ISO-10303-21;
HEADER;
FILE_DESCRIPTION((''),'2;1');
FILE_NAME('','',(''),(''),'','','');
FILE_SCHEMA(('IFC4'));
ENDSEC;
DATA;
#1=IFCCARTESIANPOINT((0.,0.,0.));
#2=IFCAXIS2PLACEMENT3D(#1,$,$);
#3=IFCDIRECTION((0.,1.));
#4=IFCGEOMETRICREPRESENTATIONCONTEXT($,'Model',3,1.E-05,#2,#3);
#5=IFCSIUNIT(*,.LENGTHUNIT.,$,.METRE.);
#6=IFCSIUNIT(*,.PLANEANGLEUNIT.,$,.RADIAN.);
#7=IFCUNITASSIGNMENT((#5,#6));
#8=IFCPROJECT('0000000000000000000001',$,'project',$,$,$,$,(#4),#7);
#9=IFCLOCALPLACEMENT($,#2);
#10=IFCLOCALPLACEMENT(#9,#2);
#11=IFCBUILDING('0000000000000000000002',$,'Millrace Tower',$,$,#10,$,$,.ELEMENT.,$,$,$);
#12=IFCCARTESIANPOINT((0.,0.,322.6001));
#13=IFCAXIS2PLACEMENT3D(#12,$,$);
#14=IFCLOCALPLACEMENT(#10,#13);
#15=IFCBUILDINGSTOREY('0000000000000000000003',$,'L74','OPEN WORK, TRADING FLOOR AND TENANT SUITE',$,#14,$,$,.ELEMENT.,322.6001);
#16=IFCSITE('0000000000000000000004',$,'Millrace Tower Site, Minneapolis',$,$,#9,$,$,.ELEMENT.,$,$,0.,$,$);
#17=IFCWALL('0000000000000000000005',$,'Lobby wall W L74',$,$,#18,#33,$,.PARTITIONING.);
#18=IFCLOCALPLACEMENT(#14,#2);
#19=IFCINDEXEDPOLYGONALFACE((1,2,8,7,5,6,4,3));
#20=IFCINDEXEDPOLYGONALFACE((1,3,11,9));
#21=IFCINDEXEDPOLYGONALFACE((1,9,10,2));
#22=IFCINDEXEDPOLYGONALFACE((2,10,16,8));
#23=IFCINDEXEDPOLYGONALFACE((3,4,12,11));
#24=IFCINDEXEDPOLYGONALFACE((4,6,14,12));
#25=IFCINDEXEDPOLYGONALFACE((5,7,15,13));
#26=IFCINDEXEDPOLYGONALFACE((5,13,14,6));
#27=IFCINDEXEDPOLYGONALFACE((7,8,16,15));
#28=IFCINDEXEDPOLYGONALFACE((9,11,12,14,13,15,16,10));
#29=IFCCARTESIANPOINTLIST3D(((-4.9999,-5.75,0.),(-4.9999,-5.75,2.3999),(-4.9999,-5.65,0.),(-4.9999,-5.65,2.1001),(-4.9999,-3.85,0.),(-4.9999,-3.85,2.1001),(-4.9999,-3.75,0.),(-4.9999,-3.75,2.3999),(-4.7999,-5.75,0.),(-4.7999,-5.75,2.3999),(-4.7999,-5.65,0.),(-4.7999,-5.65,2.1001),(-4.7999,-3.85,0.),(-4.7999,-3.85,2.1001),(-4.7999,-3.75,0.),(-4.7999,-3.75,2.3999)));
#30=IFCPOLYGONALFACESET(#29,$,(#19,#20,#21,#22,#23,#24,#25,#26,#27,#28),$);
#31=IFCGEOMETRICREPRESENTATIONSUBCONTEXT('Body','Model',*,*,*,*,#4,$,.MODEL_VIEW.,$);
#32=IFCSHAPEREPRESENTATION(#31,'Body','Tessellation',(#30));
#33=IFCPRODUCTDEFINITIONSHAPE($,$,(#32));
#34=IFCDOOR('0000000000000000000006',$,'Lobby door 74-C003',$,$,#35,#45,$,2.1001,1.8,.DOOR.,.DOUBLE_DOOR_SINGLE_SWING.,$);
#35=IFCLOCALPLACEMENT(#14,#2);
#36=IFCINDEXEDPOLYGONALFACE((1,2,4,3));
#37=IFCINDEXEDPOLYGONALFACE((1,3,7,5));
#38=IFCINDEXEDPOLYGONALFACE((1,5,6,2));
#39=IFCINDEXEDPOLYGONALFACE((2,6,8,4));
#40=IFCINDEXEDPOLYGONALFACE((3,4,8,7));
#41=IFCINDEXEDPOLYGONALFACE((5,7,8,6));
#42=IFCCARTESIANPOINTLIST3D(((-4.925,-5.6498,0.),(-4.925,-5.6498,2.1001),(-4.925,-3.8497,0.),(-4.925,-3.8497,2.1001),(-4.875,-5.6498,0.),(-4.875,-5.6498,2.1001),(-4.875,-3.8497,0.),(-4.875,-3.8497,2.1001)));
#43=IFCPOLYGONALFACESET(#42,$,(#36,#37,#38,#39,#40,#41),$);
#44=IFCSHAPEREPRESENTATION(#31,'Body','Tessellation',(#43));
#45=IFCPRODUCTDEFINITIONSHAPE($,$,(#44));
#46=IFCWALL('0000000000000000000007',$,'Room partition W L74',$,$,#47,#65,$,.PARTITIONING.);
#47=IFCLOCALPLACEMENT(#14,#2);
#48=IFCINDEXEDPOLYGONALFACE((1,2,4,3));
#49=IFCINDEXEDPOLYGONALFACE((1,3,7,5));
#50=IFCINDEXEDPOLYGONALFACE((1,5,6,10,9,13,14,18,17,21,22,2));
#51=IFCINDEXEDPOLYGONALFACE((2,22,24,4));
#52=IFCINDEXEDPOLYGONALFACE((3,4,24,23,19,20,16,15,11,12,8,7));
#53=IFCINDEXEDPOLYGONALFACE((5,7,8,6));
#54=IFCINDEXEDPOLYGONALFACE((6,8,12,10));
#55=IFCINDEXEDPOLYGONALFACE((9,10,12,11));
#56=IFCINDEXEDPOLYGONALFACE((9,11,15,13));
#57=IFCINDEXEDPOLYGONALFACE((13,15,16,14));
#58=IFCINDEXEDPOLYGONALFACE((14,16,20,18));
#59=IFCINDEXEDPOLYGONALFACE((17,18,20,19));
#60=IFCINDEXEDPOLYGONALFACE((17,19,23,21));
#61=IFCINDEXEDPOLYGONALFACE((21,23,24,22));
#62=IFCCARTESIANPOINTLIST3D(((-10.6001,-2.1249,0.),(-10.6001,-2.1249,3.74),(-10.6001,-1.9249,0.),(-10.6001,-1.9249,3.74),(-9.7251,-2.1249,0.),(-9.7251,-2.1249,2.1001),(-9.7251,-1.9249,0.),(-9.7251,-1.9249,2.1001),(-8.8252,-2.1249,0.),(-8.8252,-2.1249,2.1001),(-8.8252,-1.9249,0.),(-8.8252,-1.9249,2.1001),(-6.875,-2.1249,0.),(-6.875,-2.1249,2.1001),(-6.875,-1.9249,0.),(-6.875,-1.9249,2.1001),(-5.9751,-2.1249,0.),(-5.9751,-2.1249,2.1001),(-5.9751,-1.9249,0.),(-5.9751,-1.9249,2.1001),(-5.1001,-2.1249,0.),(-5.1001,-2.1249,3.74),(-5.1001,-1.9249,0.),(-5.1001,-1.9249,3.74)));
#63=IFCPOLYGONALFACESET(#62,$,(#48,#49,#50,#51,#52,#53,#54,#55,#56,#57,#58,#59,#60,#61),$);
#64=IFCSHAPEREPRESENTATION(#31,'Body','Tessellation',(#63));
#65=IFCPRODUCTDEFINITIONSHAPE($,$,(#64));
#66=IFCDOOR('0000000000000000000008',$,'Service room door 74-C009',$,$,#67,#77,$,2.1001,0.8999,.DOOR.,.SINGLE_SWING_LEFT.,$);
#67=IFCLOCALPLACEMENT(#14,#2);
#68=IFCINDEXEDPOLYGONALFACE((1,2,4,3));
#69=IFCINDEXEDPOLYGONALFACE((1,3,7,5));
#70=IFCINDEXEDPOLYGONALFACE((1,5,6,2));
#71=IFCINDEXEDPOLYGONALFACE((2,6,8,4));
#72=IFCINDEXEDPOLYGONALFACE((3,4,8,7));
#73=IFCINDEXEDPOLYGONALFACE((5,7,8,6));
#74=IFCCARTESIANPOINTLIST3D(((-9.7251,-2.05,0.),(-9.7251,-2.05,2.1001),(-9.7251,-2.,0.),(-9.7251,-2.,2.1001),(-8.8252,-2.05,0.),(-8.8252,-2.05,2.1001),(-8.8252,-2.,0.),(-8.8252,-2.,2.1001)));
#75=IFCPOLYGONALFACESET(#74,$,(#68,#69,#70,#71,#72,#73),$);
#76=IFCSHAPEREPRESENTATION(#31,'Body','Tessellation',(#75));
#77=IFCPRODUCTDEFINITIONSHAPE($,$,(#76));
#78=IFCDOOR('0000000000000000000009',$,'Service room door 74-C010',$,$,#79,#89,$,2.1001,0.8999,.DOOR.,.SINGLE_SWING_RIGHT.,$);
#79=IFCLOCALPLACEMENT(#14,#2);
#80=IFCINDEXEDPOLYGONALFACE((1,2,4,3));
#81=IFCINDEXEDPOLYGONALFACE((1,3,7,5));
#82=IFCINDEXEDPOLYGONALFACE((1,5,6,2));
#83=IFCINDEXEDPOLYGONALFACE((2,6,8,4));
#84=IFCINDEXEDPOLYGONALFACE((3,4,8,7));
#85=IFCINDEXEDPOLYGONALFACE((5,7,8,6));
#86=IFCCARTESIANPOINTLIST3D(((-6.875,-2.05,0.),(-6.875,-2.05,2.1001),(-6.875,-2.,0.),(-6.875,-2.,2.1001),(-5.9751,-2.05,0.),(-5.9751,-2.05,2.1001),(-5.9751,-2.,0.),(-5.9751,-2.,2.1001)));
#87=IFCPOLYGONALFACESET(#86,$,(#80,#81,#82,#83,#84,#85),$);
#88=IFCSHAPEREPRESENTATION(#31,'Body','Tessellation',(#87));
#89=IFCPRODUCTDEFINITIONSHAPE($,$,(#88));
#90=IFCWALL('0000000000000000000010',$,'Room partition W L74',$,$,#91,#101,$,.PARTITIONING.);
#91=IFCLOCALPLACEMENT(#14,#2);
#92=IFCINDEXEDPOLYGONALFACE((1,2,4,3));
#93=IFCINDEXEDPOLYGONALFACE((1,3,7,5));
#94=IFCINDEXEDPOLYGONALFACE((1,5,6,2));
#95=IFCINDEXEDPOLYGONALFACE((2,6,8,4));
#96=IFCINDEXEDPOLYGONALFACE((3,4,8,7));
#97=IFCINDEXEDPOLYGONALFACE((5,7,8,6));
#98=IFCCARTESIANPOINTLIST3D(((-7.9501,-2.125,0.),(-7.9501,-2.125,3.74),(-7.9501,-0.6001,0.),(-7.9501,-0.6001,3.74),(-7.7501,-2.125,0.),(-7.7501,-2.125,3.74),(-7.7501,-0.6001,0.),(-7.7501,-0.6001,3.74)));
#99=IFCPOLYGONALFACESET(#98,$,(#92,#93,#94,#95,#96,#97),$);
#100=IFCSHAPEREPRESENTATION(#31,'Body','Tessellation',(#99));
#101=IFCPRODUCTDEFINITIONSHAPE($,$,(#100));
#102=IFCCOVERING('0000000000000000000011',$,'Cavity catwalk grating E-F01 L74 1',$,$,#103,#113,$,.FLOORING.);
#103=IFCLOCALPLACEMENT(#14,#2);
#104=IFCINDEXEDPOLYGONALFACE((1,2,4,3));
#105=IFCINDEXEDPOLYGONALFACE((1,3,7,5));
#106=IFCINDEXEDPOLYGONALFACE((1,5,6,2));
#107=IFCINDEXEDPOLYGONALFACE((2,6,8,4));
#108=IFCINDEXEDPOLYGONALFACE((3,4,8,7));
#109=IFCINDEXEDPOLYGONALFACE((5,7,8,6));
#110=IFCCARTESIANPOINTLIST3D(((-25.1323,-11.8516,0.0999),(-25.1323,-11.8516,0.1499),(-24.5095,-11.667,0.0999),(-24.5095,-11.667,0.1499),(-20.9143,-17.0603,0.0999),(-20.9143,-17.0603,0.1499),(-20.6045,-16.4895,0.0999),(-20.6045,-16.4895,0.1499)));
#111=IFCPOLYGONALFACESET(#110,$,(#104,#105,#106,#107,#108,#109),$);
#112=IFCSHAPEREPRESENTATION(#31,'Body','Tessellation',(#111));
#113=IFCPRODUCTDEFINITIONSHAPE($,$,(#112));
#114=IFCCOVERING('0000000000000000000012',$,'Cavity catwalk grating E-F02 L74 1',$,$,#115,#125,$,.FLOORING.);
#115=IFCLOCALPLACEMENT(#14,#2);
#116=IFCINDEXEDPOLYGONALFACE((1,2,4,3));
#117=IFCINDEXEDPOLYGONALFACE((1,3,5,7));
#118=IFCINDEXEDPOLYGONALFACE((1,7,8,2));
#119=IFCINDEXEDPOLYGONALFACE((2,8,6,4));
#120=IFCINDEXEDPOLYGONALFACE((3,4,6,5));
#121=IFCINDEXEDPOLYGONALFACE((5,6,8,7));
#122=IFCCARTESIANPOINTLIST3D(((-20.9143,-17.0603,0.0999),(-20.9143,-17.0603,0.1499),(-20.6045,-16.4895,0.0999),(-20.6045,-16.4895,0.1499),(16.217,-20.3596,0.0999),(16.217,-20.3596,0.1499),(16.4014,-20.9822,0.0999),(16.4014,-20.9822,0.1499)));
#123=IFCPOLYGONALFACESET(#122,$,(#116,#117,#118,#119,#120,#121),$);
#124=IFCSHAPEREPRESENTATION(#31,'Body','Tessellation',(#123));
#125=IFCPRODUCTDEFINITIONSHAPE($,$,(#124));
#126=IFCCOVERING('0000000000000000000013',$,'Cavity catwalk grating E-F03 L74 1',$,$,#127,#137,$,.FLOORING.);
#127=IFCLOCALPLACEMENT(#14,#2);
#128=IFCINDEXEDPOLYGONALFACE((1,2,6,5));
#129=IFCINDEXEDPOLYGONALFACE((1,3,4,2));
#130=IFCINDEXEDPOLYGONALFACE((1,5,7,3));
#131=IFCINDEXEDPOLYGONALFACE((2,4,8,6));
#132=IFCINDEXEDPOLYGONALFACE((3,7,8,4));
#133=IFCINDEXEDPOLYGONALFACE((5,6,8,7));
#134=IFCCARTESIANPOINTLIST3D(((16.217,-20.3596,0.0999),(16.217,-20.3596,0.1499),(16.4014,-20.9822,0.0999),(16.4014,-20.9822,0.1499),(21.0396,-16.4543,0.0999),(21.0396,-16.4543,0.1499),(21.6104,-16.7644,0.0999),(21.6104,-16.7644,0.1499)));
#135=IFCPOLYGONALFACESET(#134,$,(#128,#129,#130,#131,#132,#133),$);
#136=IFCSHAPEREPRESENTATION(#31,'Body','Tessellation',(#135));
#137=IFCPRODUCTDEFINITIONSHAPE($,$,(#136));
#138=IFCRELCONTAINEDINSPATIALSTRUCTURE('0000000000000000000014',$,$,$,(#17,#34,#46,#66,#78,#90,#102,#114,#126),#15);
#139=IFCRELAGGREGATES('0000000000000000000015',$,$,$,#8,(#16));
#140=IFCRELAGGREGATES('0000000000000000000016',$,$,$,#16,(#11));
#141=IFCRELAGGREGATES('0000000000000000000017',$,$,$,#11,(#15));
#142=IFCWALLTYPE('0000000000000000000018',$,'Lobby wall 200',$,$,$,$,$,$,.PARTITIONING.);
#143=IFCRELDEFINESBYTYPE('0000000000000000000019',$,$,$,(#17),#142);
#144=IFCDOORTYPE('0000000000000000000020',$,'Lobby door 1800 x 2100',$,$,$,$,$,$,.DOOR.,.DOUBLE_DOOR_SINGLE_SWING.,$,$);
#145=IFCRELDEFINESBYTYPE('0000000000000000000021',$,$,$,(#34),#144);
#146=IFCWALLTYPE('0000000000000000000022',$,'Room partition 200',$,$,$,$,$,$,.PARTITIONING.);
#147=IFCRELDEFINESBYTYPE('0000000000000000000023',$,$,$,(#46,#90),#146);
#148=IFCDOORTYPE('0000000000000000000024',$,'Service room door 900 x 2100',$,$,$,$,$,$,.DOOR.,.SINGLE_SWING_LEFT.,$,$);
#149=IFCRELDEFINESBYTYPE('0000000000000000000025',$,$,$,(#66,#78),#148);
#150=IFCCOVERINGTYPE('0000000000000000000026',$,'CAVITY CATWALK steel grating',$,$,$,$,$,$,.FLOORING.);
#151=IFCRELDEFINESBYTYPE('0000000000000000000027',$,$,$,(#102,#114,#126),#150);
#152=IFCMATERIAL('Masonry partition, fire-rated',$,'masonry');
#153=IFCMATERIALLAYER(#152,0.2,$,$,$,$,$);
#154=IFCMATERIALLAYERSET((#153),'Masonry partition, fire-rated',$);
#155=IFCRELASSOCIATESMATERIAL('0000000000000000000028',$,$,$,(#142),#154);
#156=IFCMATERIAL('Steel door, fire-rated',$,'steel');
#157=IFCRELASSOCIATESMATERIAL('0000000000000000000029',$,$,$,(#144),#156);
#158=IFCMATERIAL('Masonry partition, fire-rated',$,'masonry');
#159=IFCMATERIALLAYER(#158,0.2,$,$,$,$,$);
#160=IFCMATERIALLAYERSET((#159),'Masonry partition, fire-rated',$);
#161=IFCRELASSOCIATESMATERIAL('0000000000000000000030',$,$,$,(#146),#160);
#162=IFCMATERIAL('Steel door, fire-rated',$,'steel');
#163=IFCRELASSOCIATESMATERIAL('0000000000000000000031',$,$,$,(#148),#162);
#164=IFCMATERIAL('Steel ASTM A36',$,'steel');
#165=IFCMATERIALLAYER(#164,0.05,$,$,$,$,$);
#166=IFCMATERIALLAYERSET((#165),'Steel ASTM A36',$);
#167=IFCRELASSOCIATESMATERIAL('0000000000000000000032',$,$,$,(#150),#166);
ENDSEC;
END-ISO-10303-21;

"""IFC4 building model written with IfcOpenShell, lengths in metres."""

from ifc_helpers import new_model, si_unit, direction, frame, frame_2d, origin, place, context, subcontext, project, spatial, polyline, rectangle, outline, extrude, material, layer, layer_set, type_object, element, fill, save


model = new_model("IFC4")

# Units and contexts
model_context = context("Model", 3, precision=1e-05, world=origin(), true_north=direction((0.0, 1.0)))
body_context = subcontext(model_context, "Body", "Model", "MODEL_VIEW")
ifc_project = project(units=[si_unit("LENGTHUNIT", "METRE"), si_unit("PLANEANGLEUNIT", "RADIAN")], contexts=[model_context])

# Site, building, storey
site_placement = place(None, origin())
site = spatial("IfcSite", under=ifc_project, at=site_placement, Name="Millrace Tower Site, Minneapolis", CompositionType="ELEMENT", RefElevation=0.0)
building_placement = place(site_placement, origin())
building = spatial("IfcBuilding", under=site, at=building_placement, Name="Millrace Tower", CompositionType="ELEMENT")
storey_placement = place(building_placement, frame((0.0, 0.0, 322.6001)))
storey = spatial("IfcBuildingStorey", under=building, at=storey_placement, Name="L74", Description="OPEN WORK, TRADING FLOOR AND TENANT SUITE", CompositionType="ELEMENT", Elevation=322.6001)

# Wall, opening, door
ifc_material_1 = material(Name="Masonry partition, fire-rated", Category="masonry")
ifc_layer_1 = layer(ifc_material_1, 0.2)
ifc_layer_set_1 = layer_set([ifc_layer_1], Name="Masonry partition, fire-rated")
wall_type_1 = type_object("IfcWallType", Name="Lobby wall 200", PredefinedType="PARTITIONING", material=ifc_layer_set_1)
wall_1_placement = place(storey_placement, frame((-4.8999, -5.75, 0.0), z_axis=(0.0, 0.0, 1.0), x_axis=(0.0, 1.0, 0.0)))
wall_1 = element("IfcWall", 1, at=wall_1_placement, inside=storey, type_object=wall_type_1, Name="Lobby wall W L74", PredefinedType="PARTITIONING", context=body_context, shape_type="SweptSolid", body=[
    extrude(rectangle(XDim=2.0, YDim=0.2, at=frame_2d((1.0, 0.0))), origin(), (0.0, 0.0, 1.0), 2.3999),
])
opening_1_placement = place(wall_1_placement, frame((0.1001, 0.0, 0.0)))
opening_1 = element("IfcOpeningElement", 2, at=opening_1_placement, cuts=wall_1, PredefinedType="OPENING", context=body_context, shape_type="SweptSolid", body=[
    extrude(rectangle(XDim=1.8, YDim=2.1001, at=frame_2d((0.8999, 1.05))), frame((0.0, 0.1099, 0.0), z_axis=(0.0, -1.0, 0.0), x_axis=(1.0, 0.0, 0.0)), (0.0, 0.0, 1.0), 0.22),
])
ifc_material_2 = material(Name="Steel door, fire-rated", Category="steel")
door_type_1 = type_object("IfcDoorType", Name="Lobby door 1800 x 2100", OperationType="DOUBLE_DOOR_SINGLE_SWING", PredefinedType="DOOR", material=ifc_material_2)
door_1_placement = place(opening_1_placement, frame((1.8, 0.0, 0.0), z_axis=(0.0, 0.0, 1.0), x_axis=(-1.0, 0.0, 0.0)))
door_1 = element("IfcDoor", 3, at=door_1_placement, inside=storey, type_object=door_type_1, Name="Lobby door 74-C003", OperationType="DOUBLE_DOOR_SINGLE_SWING", OverallHeight=2.1001, OverallWidth=1.8, PredefinedType="DOOR", context=body_context, shape_type="SweptSolid", body=[
    extrude(rectangle(XDim=1.8, YDim=2.1001, at=frame_2d((0.8999, 1.05))), frame((0.0, 0.0249, 0.0), z_axis=(0.0, -1.0, 0.0), x_axis=(1.0, 0.0, 0.0)), (0.0, 0.0, 1.0), 0.05),
])
fill(opening_1, door_1)

# Wall, openings, doors
ifc_material_3 = material(Name="Masonry partition, fire-rated", Category="masonry")
ifc_layer_2 = layer(ifc_material_3, 0.2)
ifc_layer_set_2 = layer_set([ifc_layer_2], Name="Masonry partition, fire-rated")
wall_type_2 = type_object("IfcWallType", Name="Room partition 200", PredefinedType="PARTITIONING", material=ifc_layer_set_2)
wall_2_placement = place(storey_placement, frame((-10.6001, -2.0249, 0.0), z_axis=(0.0, 0.0, 1.0), x_axis=(1.0, 0.0, 0.0)))
wall_2 = element("IfcWall", 4, at=wall_2_placement, inside=storey, type_object=wall_type_2, Name="Room partition W L74", PredefinedType="PARTITIONING", context=body_context, shape_type="SweptSolid", body=[
    extrude(rectangle(XDim=5.5, YDim=0.2, at=frame_2d((2.75, 0.0))), origin(), (0.0, 0.0, 1.0), 3.74),
])
opening_2_placement = place(wall_2_placement, frame((0.875, 0.0, 0.0)))
opening_2 = element("IfcOpeningElement", 5, at=opening_2_placement, cuts=wall_2, PredefinedType="OPENING", context=body_context, shape_type="SweptSolid", body=[
    extrude(rectangle(XDim=0.8999, YDim=2.1001, at=frame_2d((0.45, 1.05))), frame((0.0, 0.1099, 0.0), z_axis=(0.0, -1.0, 0.0), x_axis=(1.0, 0.0, 0.0)), (0.0, 0.0, 1.0), 0.22),
])
opening_3_placement = place(wall_2_placement, frame((3.7251, 0.0, 0.0)))
opening_3 = element("IfcOpeningElement", 6, at=opening_3_placement, cuts=wall_2, PredefinedType="OPENING", context=body_context, shape_type="SweptSolid", body=[
    extrude(rectangle(XDim=0.8999, YDim=2.1001, at=frame_2d((0.45, 1.05))), frame((0.0, 0.1099, 0.0), z_axis=(0.0, -1.0, 0.0), x_axis=(1.0, 0.0, 0.0)), (0.0, 0.0, 1.0), 0.22),
])
ifc_material_4 = material(Name="Steel door, fire-rated", Category="steel")
door_type_2 = type_object("IfcDoorType", Name="Service room door 900 x 2100", OperationType="SINGLE_SWING_LEFT", PredefinedType="DOOR", material=ifc_material_4)
door_2_placement = place(opening_2_placement, origin())
door_2 = element("IfcDoor", 7, at=door_2_placement, inside=storey, type_object=door_type_2, Name="Service room door 74-C009", OperationType="SINGLE_SWING_LEFT", OverallHeight=2.1001, OverallWidth=0.8999, PredefinedType="DOOR", context=body_context, shape_type="SweptSolid", body=[
    extrude(rectangle(XDim=0.8999, YDim=2.1001, at=frame_2d((0.45, 1.05))), frame((0.0, 0.0249, 0.0), z_axis=(0.0, -1.0, 0.0), x_axis=(1.0, 0.0, 0.0)), (0.0, 0.0, 1.0), 0.05),
])
fill(opening_2, door_2)
door_3_placement = place(opening_3_placement, origin())
door_3 = element("IfcDoor", 8, at=door_3_placement, inside=storey, type_object=door_type_2, Name="Service room door 74-C010", OperationType="SINGLE_SWING_RIGHT", OverallHeight=2.1001, OverallWidth=0.8999, PredefinedType="DOOR", context=body_context, shape_type="SweptSolid", body=[
    extrude(rectangle(XDim=0.8999, YDim=2.1001, at=frame_2d((0.45, 1.05))), frame((0.0, 0.0249, 0.0), z_axis=(0.0, -1.0, 0.0), x_axis=(1.0, 0.0, 0.0)), (0.0, 0.0, 1.0), 0.05),
])
fill(opening_3, door_3)

# Wall
wall_3_placement = place(storey_placement, frame((-7.8501, -2.125, 0.0), z_axis=(0.0, 0.0, 1.0), x_axis=(0.0, 1.0, 0.0)))
element("IfcWall", 9, at=wall_3_placement, inside=storey, type_object=wall_type_2, Name="Room partition W L74", PredefinedType="PARTITIONING", context=body_context, shape_type="SweptSolid", body=[
    extrude(rectangle(XDim=1.5249, YDim=0.2, at=frame_2d((0.7625, 0.0))), origin(), (0.0, 0.0, 1.0), 3.74),
])

# Coverings
ifc_material_5 = material(Name="Steel ASTM A36", Category="steel")
ifc_layer_3 = layer(ifc_material_5, 0.05)
ifc_layer_set_3 = layer_set([ifc_layer_3], Name="Steel ASTM A36")
covering_type = type_object("IfcCoveringType", Name="CAVITY CATWALK steel grating", PredefinedType="FLOORING", material=ifc_layer_set_3)
placement_1 = place(storey_placement, frame((0.0, 0.0, 0.0999)))
element("IfcCovering", 10, at=placement_1, inside=storey, type_object=covering_type, Name="Cavity catwalk grating E-F01 L74 1", PredefinedType="FLOORING", context=body_context, shape_type="SweptSolid", body=[
    extrude(outline(polyline([(-25.1323, -11.8516), (-20.9143, -17.0603), (-20.6045, -16.4895), (-24.5095, -11.667), (-25.1323, -11.8516)])), origin(), (0.0, 0.0, 1.0), 0.05),
])
element("IfcCovering", 11, at=placement_1, inside=storey, type_object=covering_type, Name="Cavity catwalk grating E-F02 L74 1", PredefinedType="FLOORING", context=body_context, shape_type="SweptSolid", body=[
    extrude(outline(polyline([(-20.9143, -17.0603), (16.4014, -20.9822), (16.217, -20.3596), (-20.6045, -16.4895), (-20.9143, -17.0603)])), origin(), (0.0, 0.0, 1.0), 0.05),
])
element("IfcCovering", 12, at=placement_1, inside=storey, type_object=covering_type, Name="Cavity catwalk grating E-F03 L74 1", PredefinedType="FLOORING", context=body_context, shape_type="SweptSolid", body=[
    extrude(outline(polyline([(16.4014, -20.9822), (21.6104, -16.7644), (21.0396, -16.4543), (16.217, -20.3596), (16.4014, -20.9822)])), origin(), (0.0, 0.0, 1.0), 0.05),
])

save(model, "model.ifc")
